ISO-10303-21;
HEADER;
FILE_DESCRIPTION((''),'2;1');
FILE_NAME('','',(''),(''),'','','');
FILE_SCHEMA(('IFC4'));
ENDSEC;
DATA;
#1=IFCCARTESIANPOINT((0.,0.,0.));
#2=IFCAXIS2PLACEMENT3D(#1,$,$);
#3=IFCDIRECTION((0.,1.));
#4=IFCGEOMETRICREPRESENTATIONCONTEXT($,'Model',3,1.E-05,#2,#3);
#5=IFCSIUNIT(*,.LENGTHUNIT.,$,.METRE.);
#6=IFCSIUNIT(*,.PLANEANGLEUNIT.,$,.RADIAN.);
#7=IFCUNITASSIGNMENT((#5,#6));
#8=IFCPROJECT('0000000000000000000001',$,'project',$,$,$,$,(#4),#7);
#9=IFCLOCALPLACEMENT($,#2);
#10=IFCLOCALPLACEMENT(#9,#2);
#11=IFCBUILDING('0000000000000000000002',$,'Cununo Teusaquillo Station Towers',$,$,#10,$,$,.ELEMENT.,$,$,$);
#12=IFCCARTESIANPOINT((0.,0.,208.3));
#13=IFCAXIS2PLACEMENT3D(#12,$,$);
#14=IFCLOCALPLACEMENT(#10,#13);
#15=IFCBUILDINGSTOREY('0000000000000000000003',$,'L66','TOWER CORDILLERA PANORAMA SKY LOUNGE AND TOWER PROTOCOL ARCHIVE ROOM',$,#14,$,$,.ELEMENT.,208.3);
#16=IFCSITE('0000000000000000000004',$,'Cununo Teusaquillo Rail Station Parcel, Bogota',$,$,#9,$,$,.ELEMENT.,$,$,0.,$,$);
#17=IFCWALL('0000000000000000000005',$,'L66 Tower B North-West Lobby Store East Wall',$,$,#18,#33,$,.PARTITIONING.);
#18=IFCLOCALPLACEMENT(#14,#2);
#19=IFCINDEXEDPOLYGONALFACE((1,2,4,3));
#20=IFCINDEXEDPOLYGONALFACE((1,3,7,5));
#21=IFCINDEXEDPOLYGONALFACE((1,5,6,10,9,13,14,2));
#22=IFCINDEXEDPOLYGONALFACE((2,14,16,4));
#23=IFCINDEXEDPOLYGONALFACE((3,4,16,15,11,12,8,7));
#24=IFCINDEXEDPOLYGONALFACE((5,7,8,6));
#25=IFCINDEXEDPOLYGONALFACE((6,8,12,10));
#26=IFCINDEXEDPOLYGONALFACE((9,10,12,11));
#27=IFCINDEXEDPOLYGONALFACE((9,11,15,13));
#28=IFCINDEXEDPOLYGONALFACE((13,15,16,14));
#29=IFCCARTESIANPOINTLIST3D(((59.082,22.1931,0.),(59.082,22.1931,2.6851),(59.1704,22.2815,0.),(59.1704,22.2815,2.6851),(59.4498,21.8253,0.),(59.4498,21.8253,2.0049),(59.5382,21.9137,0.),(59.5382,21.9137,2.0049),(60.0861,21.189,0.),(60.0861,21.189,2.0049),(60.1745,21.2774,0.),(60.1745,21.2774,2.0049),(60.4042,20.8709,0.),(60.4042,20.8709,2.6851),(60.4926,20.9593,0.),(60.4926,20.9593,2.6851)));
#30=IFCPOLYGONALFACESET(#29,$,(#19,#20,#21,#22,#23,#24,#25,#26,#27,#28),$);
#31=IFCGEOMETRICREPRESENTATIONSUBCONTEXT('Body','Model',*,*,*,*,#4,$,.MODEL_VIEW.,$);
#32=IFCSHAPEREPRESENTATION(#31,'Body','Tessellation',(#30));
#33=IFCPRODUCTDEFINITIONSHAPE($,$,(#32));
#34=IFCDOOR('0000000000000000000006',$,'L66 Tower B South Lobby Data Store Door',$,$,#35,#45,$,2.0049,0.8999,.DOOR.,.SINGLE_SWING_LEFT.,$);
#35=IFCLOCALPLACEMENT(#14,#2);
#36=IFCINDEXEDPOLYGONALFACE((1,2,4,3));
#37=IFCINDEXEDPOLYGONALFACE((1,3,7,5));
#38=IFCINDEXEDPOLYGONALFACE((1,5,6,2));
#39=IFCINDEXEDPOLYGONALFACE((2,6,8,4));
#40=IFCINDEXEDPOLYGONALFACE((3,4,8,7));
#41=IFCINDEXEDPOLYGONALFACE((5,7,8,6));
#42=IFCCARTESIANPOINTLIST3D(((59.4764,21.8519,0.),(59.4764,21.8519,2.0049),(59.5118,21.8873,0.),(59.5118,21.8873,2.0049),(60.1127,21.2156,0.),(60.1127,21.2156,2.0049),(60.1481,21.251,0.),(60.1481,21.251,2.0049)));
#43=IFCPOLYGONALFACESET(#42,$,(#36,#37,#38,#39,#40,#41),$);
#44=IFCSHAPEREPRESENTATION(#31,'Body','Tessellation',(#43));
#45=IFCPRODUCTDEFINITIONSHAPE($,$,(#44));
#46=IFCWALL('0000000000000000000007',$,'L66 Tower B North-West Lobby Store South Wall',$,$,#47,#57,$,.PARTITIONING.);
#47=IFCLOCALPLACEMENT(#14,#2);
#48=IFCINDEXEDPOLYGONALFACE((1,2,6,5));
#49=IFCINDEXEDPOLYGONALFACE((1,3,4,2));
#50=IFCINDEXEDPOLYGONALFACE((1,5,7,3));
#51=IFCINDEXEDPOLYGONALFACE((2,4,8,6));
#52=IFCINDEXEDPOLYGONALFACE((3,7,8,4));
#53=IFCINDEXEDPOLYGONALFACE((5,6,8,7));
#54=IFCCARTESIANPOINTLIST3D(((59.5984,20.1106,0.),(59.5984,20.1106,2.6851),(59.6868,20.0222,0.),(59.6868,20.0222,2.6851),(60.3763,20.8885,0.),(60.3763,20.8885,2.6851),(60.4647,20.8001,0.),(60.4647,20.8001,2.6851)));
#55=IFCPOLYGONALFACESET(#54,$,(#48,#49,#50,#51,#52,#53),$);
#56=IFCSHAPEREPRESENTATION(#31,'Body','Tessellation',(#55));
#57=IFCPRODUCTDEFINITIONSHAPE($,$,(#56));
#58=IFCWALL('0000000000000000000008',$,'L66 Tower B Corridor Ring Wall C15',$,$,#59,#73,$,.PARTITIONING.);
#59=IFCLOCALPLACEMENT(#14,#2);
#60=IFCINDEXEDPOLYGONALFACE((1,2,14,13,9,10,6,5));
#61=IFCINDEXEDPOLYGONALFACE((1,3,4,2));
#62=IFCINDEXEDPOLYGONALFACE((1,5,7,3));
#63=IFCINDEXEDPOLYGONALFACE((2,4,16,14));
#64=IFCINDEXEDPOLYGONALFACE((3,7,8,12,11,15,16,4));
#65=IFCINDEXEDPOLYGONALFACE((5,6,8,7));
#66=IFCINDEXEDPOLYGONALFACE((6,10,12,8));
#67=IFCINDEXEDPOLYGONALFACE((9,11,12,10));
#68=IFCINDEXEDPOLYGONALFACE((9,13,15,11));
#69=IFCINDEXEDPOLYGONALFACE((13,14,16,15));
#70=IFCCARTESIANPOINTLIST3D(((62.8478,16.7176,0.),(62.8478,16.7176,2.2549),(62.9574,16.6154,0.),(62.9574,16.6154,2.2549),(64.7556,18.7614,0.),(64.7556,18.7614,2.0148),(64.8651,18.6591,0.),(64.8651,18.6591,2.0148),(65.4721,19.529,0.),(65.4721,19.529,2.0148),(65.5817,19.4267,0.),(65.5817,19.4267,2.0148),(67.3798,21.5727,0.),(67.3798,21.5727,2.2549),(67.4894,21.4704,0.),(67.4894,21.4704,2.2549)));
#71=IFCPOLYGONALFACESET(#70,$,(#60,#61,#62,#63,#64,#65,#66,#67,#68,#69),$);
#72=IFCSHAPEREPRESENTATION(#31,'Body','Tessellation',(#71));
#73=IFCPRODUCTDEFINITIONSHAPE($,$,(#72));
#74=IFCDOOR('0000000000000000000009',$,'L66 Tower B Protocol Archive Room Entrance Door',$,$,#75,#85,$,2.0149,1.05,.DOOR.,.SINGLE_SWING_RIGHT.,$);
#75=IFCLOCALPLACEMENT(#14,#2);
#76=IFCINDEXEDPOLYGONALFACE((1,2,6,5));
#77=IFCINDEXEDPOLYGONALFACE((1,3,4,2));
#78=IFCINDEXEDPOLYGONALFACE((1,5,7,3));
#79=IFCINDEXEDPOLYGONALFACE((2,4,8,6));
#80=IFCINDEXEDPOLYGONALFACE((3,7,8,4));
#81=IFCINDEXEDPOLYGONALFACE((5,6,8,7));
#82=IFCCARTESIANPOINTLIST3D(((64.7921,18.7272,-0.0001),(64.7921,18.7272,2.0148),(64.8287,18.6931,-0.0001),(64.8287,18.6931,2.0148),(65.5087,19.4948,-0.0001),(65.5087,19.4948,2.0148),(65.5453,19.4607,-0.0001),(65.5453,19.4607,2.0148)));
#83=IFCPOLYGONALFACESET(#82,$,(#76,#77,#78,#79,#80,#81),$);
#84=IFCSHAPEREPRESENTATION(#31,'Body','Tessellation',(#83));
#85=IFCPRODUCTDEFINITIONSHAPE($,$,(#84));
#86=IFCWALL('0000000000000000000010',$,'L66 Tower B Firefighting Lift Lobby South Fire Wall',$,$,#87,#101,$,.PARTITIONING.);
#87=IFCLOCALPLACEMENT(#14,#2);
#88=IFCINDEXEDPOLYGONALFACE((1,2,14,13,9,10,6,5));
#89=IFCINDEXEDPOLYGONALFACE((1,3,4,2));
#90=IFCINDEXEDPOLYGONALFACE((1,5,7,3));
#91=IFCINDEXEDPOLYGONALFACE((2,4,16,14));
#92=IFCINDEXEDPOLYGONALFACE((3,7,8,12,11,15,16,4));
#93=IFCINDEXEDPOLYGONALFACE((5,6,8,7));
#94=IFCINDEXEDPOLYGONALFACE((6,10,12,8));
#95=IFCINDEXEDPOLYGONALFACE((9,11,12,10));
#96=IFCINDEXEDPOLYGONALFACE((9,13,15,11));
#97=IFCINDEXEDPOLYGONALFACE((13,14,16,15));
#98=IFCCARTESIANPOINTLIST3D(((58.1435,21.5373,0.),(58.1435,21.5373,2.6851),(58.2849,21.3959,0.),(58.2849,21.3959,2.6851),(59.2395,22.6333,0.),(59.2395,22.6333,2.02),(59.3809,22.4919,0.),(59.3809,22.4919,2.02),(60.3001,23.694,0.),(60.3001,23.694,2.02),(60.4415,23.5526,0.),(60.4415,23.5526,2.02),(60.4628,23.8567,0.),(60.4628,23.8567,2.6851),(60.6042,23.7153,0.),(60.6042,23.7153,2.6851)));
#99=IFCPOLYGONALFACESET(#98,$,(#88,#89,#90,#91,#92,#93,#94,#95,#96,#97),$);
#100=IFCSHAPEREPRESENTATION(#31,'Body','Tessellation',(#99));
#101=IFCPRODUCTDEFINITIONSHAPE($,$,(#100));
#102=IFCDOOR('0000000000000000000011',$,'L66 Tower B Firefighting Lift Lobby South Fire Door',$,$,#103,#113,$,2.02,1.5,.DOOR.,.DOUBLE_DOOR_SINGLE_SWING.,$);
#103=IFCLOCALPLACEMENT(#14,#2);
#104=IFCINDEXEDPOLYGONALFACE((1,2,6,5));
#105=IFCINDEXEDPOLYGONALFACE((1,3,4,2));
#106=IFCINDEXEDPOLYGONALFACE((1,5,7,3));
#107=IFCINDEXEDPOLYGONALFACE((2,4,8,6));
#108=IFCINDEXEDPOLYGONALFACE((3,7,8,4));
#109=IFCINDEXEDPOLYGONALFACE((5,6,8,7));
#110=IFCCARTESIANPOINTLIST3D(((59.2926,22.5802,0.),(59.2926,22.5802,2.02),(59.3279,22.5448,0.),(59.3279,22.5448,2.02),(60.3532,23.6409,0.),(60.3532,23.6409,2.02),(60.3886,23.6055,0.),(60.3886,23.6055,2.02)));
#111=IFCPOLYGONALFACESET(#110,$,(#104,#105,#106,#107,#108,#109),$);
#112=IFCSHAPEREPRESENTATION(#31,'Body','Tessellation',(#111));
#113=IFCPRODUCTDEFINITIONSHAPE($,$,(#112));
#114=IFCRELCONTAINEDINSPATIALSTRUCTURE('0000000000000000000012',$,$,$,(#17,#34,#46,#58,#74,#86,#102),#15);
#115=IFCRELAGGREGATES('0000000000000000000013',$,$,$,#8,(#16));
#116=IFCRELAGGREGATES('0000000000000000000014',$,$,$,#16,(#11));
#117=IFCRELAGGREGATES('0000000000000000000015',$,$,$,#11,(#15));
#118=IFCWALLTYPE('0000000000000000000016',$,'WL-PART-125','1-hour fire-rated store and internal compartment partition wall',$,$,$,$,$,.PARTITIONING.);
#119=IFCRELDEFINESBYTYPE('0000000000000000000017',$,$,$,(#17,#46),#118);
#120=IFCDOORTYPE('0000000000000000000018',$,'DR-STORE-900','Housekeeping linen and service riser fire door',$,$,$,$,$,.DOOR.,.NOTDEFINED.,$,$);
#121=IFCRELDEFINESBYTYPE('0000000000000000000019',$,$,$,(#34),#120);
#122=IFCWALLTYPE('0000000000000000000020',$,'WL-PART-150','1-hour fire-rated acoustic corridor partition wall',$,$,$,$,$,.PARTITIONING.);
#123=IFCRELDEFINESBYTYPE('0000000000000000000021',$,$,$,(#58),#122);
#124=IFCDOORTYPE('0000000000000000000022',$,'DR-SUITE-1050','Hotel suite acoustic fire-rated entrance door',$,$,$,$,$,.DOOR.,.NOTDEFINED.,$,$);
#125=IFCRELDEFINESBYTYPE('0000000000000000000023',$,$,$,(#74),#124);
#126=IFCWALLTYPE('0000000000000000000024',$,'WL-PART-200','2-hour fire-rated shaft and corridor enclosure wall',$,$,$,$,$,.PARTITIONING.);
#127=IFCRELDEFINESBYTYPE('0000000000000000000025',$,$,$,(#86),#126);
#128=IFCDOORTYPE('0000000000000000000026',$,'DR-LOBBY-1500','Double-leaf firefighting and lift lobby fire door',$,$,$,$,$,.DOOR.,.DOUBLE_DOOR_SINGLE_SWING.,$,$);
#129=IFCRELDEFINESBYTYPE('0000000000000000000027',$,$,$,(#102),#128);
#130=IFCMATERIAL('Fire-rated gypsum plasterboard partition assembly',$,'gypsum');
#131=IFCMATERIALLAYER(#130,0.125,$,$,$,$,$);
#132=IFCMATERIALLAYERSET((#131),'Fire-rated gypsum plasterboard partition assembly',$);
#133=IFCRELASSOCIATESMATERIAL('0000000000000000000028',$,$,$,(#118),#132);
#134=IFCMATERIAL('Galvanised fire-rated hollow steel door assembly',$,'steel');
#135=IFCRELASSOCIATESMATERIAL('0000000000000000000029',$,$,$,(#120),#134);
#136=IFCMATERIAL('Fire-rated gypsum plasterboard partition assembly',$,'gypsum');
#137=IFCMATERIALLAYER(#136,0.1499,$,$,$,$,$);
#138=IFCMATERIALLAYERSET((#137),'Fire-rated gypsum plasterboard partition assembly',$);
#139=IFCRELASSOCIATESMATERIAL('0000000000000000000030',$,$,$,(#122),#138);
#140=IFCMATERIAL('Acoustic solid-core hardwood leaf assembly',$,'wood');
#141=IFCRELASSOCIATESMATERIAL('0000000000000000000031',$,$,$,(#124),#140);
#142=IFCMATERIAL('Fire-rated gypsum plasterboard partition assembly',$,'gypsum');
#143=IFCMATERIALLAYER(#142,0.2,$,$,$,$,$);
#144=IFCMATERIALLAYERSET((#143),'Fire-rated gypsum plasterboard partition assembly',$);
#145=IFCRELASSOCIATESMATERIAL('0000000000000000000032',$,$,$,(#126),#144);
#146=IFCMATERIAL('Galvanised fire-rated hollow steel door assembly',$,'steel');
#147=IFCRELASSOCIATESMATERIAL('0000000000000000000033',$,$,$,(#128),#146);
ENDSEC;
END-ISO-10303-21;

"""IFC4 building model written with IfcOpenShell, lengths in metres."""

from ifc_helpers import new_model, si_unit, direction, frame, frame_2d, origin, place, context, subcontext, project, spatial, rectangle, extrude, source, transform, mapped, material, layer, layer_set, type_object, element, fill, save


model = new_model("IFC4")

# Units and contexts
model_context = context("Model", 3, precision=1e-05, world=origin(), true_north=direction((0.0, 1.0)))
body_context = subcontext(model_context, "Body", "Model", "MODEL_VIEW")
ifc_project = project(units=[si_unit("LENGTHUNIT", "METRE"), si_unit("PLANEANGLEUNIT", "RADIAN")], contexts=[model_context])

# Site, building, storey
site_placement = place(None, origin())
site = spatial("IfcSite", under=ifc_project, at=site_placement, Name="Cununo Teusaquillo Rail Station Parcel, Bogota", CompositionType="ELEMENT", RefElevation=0.0)
building_placement = place(site_placement, origin())
building = spatial("IfcBuilding", under=site, at=building_placement, Name="Cununo Teusaquillo Station Towers", CompositionType="ELEMENT")
storey_placement = place(building_placement, frame((0.0, 0.0, 208.3)))
storey = spatial("IfcBuildingStorey", under=building, at=storey_placement, Name="L66", Description="TOWER CORDILLERA PANORAMA SKY LOUNGE AND TOWER PROTOCOL ARCHIVE ROOM", CompositionType="ELEMENT", Elevation=208.3)

# Wall, opening, door
ifc_material_1 = material(Name="Fire-rated gypsum plasterboard partition assembly", Category="gypsum")
ifc_layer_1 = layer(ifc_material_1, 0.125)
ifc_layer_set_1 = layer_set([ifc_layer_1], Name="Fire-rated gypsum plasterboard partition assembly")
wall_type_1 = type_object("IfcWallType", Name="WL-PART-125", Description="1-hour fire-rated store and internal compartment partition wall", PredefinedType="PARTITIONING", material=ifc_layer_set_1)
wall_1_placement = place(storey_placement, frame((60.4485, 20.915, 0.0), z_axis=(0.0, 0.0, 1.0), x_axis=(-0.707107, 0.707107, 0.0)))
wall_1 = element("IfcWall", 1, at=wall_1_placement, inside=storey, type_object=wall_type_1, Name="L66 Tower B North-West Lobby Store East Wall", PredefinedType="PARTITIONING", context=body_context, shape_type="SweptSolid", body=[
    extrude(rectangle(XDim=1.8699, YDim=0.125, at=frame_2d((0.9351, 0.0))), origin(), (0.0, 0.0, 1.0), 2.6851),
])
shared_shape_1 = source(origin(), body_context, "Body", "SweptSolid", [
    extrude(rectangle(XDim=0.8999, YDim=2.0049, at=frame_2d((0.45, 1.0024))), frame((0.0, 0.0725, 0.0), z_axis=(0.0, -1.0, 0.0), x_axis=(1.0, 0.0, 0.0)), (0.0, 0.0, 1.0), 0.145),
])
opening_1_placement = place(wall_1_placement, frame((0.45, 0.0, 0.0)))
opening_1 = element("IfcOpeningElement", 2, at=opening_1_placement, cuts=wall_1, PredefinedType="OPENING", context=body_context, shape_type="MappedRepresentation", body=[
    mapped(shared_shape_1, transform((0.0, 0.0, 0.0), x_axis=(1.0, 0.0, 0.0), y_axis=(0.0, 1.0, 0.0), z_axis=(0.0, 0.0, 1.0), scale=1.0)),
])
ifc_material_2 = material(Name="Galvanised fire-rated hollow steel door assembly", Category="steel")
door_type_1 = type_object("IfcDoorType", Name="DR-STORE-900", Description="Housekeeping linen and service riser fire door", OperationType="NOTDEFINED", PredefinedType="DOOR", material=ifc_material_2)
shared_shape_2 = source(origin(), body_context, "Body", "SweptSolid", [
    extrude(rectangle(XDim=0.8999, YDim=2.0049, at=frame_2d((0.45, 1.0024))), frame((0.0, 0.0249, 0.0), z_axis=(0.0, -1.0, 0.0), x_axis=(1.0, 0.0, 0.0)), (0.0, 0.0, 1.0), 0.05),
])
door_1_placement = place(opening_1_placement, origin())
door_1 = element("IfcDoor", 3, at=door_1_placement, inside=storey, type_object=door_type_1, Name="L66 Tower B South Lobby Data Store Door", OperationType="SINGLE_SWING_LEFT", OverallHeight=2.0049, OverallWidth=0.8999, PredefinedType="DOOR", context=body_context, shape_type="MappedRepresentation", body=[
    mapped(shared_shape_2, transform((0.0, 0.0, 0.0), x_axis=(1.0, 0.0, 0.0), y_axis=(0.0, 1.0, 0.0), z_axis=(0.0, 0.0, 1.0), scale=1.0)),
])
fill(opening_1, door_1)

# Wall
wall_2_placement = place(storey_placement, frame((59.6426, 20.0664, 0.0), z_axis=(0.0, 0.0, 1.0), x_axis=(0.707107, 0.707107, 0.0)))
element("IfcWall", 4, at=wall_2_placement, inside=storey, type_object=wall_type_1, Name="L66 Tower B North-West Lobby Store South Wall", PredefinedType="PARTITIONING", context=body_context, shape_type="SweptSolid", body=[
    extrude(rectangle(XDim=1.1001, YDim=0.125, at=frame_2d((0.55, 0.0))), origin(), (0.0, 0.0, 1.0), 2.6851),
])

# Walls, openings, doors
ifc_material_3 = material(Name="Fire-rated gypsum plasterboard partition assembly", Category="gypsum")
ifc_layer_2 = layer(ifc_material_3, 0.1499)
ifc_layer_set_2 = layer_set([ifc_layer_2], Name="Fire-rated gypsum plasterboard partition assembly")
wall_type_2 = type_object("IfcWallType", Name="WL-PART-150", Description="1-hour fire-rated acoustic corridor partition wall", PredefinedType="PARTITIONING", material=ifc_layer_set_2)
wall_3_placement = place(storey_placement, frame((62.9026, 16.6665, 0.0), z_axis=(0.0, 0.0, 1.0), x_axis=(0.682372, 0.731005, 0.0)))
wall_3 = element("IfcWall", 5, at=wall_3_placement, inside=storey, type_object=wall_type_2, Name="L66 Tower B Corridor Ring Wall C15", PredefinedType="PARTITIONING", context=body_context, shape_type="SweptSolid", body=[
    extrude(rectangle(XDim=6.6416, YDim=0.1499, at=frame_2d((3.3208, 0.0))), origin(), (0.0, 0.0, 1.0), 2.2549),
])
shared_shape_3 = source(origin(), body_context, "Body", "SweptSolid", [
    extrude(rectangle(XDim=1.05, YDim=2.0149, at=frame_2d((0.5249, 1.0073))), frame((0.0, 0.085, 0.0), z_axis=(0.0, -1.0, 0.0), x_axis=(1.0, 0.0, 0.0)), (0.0, 0.0, 1.0), 0.1699),
])
opening_2_placement = place(wall_3_placement, frame((2.7959, 0.0, 0.0)))
opening_2 = element("IfcOpeningElement", 6, at=opening_2_placement, cuts=wall_3, PredefinedType="OPENING", context=body_context, shape_type="MappedRepresentation", body=[
    mapped(shared_shape_3, transform((0.0, 0.0, 0.0), x_axis=(1.0, 0.0, 0.0), y_axis=(0.0, 1.0, 0.0), z_axis=(0.0, 0.0, 1.0), scale=1.0)),
])
ifc_material_4 = material(Name="Acoustic solid-core hardwood leaf assembly", Category="wood")
door_type_2 = type_object("IfcDoorType", Name="DR-SUITE-1050", Description="Hotel suite acoustic fire-rated entrance door", OperationType="NOTDEFINED", PredefinedType="DOOR", material=ifc_material_4)
shared_shape_4 = source(origin(), body_context, "Body", "SweptSolid", [
    extrude(rectangle(XDim=1.05, YDim=2.0149, at=frame_2d((0.5249, 1.0073))), frame((0.0, 0.0249, 0.0), z_axis=(0.0, -1.0, 0.0), x_axis=(1.0, 0.0, 0.0)), (0.0, 0.0, 1.0), 0.05),
])
door_2_placement = place(opening_2_placement, origin())
door_2 = element("IfcDoor", 7, at=door_2_placement, inside=storey, type_object=door_type_2, Name="L66 Tower B Protocol Archive Room Entrance Door", OperationType="SINGLE_SWING_RIGHT", OverallHeight=2.0149, OverallWidth=1.05, PredefinedType="DOOR", context=body_context, shape_type="MappedRepresentation", body=[
    mapped(shared_shape_4, transform((0.0, 0.0, 0.0), x_axis=(1.0, 0.0, 0.0), y_axis=(0.0, 1.0, 0.0), z_axis=(0.0, 0.0, 1.0), scale=1.0)),
])
fill(opening_2, door_2)
ifc_material_5 = material(Name="Fire-rated gypsum plasterboard partition assembly", Category="gypsum")
ifc_layer_3 = layer(ifc_material_5, 0.2)
ifc_layer_set_3 = layer_set([ifc_layer_3], Name="Fire-rated gypsum plasterboard partition assembly")
wall_type_3 = type_object("IfcWallType", Name="WL-PART-200", Description="2-hour fire-rated shaft and corridor enclosure wall", PredefinedType="PARTITIONING", material=ifc_layer_set_3)
wall_4_placement = place(storey_placement, frame((58.2141, 21.4666, 0.0), z_axis=(0.0, 0.0, 1.0), x_axis=(0.707107, 0.707107, 0.0)))
wall_4 = element("IfcWall", 8, at=wall_4_placement, inside=storey, type_object=wall_type_3, Name="L66 Tower B Firefighting Lift Lobby South Fire Wall", PredefinedType="PARTITIONING", context=body_context, shape_type="SweptSolid", body=[
    extrude(rectangle(XDim=3.28, YDim=0.2, at=frame_2d((1.6401, 0.0))), origin(), (0.0, 0.0, 1.0), 2.6851),
])
shared_shape_5 = source(origin(), body_context, "Body", "SweptSolid", [
    extrude(rectangle(XDim=1.5, YDim=2.02, at=frame_2d((0.75, 1.01))), frame((0.0, 0.1099, 0.0), z_axis=(0.0, -1.0, 0.0), x_axis=(1.0, 0.0, 0.0)), (0.0, 0.0, 1.0), 0.22),
])
opening_3_placement = place(wall_4_placement, frame((1.55, 0.0, 0.0)))
opening_3 = element("IfcOpeningElement", 9, at=opening_3_placement, cuts=wall_4, PredefinedType="OPENING", context=body_context, shape_type="MappedRepresentation", body=[
    mapped(shared_shape_5, transform((0.0, 0.0, 0.0), x_axis=(1.0, 0.0, 0.0), y_axis=(0.0, 1.0, 0.0), z_axis=(0.0, 0.0, 1.0), scale=1.0)),
])
ifc_material_6 = material(Name="Galvanised fire-rated hollow steel door assembly", Category="steel")
door_type_3 = type_object("IfcDoorType", Name="DR-LOBBY-1500", Description="Double-leaf firefighting and lift lobby fire door", OperationType="DOUBLE_DOOR_SINGLE_SWING", PredefinedType="DOOR", material=ifc_material_6)
shared_shape_6 = source(origin(), body_context, "Body", "SweptSolid", [
    extrude(rectangle(XDim=1.5, YDim=2.02, at=frame_2d((0.75, 1.01))), frame((0.0, 0.0249, 0.0), z_axis=(0.0, -1.0, 0.0), x_axis=(1.0, 0.0, 0.0)), (0.0, 0.0, 1.0), 0.05),
])
door_3_placement = place(opening_3_placement, origin())
door_3 = element("IfcDoor", 10, at=door_3_placement, inside=storey, type_object=door_type_3, Name="L66 Tower B Firefighting Lift Lobby South Fire Door", OperationType="DOUBLE_DOOR_SINGLE_SWING", OverallHeight=2.02, OverallWidth=1.5, PredefinedType="DOOR", context=body_context, shape_type="MappedRepresentation", body=[
    mapped(shared_shape_6, transform((0.0, 0.0, 0.0), x_axis=(1.0, 0.0, 0.0), y_axis=(0.0, 1.0, 0.0), z_axis=(0.0, 0.0, 1.0), scale=1.0)),
])
fill(opening_3, door_3)

save(model, "model.ifc")
